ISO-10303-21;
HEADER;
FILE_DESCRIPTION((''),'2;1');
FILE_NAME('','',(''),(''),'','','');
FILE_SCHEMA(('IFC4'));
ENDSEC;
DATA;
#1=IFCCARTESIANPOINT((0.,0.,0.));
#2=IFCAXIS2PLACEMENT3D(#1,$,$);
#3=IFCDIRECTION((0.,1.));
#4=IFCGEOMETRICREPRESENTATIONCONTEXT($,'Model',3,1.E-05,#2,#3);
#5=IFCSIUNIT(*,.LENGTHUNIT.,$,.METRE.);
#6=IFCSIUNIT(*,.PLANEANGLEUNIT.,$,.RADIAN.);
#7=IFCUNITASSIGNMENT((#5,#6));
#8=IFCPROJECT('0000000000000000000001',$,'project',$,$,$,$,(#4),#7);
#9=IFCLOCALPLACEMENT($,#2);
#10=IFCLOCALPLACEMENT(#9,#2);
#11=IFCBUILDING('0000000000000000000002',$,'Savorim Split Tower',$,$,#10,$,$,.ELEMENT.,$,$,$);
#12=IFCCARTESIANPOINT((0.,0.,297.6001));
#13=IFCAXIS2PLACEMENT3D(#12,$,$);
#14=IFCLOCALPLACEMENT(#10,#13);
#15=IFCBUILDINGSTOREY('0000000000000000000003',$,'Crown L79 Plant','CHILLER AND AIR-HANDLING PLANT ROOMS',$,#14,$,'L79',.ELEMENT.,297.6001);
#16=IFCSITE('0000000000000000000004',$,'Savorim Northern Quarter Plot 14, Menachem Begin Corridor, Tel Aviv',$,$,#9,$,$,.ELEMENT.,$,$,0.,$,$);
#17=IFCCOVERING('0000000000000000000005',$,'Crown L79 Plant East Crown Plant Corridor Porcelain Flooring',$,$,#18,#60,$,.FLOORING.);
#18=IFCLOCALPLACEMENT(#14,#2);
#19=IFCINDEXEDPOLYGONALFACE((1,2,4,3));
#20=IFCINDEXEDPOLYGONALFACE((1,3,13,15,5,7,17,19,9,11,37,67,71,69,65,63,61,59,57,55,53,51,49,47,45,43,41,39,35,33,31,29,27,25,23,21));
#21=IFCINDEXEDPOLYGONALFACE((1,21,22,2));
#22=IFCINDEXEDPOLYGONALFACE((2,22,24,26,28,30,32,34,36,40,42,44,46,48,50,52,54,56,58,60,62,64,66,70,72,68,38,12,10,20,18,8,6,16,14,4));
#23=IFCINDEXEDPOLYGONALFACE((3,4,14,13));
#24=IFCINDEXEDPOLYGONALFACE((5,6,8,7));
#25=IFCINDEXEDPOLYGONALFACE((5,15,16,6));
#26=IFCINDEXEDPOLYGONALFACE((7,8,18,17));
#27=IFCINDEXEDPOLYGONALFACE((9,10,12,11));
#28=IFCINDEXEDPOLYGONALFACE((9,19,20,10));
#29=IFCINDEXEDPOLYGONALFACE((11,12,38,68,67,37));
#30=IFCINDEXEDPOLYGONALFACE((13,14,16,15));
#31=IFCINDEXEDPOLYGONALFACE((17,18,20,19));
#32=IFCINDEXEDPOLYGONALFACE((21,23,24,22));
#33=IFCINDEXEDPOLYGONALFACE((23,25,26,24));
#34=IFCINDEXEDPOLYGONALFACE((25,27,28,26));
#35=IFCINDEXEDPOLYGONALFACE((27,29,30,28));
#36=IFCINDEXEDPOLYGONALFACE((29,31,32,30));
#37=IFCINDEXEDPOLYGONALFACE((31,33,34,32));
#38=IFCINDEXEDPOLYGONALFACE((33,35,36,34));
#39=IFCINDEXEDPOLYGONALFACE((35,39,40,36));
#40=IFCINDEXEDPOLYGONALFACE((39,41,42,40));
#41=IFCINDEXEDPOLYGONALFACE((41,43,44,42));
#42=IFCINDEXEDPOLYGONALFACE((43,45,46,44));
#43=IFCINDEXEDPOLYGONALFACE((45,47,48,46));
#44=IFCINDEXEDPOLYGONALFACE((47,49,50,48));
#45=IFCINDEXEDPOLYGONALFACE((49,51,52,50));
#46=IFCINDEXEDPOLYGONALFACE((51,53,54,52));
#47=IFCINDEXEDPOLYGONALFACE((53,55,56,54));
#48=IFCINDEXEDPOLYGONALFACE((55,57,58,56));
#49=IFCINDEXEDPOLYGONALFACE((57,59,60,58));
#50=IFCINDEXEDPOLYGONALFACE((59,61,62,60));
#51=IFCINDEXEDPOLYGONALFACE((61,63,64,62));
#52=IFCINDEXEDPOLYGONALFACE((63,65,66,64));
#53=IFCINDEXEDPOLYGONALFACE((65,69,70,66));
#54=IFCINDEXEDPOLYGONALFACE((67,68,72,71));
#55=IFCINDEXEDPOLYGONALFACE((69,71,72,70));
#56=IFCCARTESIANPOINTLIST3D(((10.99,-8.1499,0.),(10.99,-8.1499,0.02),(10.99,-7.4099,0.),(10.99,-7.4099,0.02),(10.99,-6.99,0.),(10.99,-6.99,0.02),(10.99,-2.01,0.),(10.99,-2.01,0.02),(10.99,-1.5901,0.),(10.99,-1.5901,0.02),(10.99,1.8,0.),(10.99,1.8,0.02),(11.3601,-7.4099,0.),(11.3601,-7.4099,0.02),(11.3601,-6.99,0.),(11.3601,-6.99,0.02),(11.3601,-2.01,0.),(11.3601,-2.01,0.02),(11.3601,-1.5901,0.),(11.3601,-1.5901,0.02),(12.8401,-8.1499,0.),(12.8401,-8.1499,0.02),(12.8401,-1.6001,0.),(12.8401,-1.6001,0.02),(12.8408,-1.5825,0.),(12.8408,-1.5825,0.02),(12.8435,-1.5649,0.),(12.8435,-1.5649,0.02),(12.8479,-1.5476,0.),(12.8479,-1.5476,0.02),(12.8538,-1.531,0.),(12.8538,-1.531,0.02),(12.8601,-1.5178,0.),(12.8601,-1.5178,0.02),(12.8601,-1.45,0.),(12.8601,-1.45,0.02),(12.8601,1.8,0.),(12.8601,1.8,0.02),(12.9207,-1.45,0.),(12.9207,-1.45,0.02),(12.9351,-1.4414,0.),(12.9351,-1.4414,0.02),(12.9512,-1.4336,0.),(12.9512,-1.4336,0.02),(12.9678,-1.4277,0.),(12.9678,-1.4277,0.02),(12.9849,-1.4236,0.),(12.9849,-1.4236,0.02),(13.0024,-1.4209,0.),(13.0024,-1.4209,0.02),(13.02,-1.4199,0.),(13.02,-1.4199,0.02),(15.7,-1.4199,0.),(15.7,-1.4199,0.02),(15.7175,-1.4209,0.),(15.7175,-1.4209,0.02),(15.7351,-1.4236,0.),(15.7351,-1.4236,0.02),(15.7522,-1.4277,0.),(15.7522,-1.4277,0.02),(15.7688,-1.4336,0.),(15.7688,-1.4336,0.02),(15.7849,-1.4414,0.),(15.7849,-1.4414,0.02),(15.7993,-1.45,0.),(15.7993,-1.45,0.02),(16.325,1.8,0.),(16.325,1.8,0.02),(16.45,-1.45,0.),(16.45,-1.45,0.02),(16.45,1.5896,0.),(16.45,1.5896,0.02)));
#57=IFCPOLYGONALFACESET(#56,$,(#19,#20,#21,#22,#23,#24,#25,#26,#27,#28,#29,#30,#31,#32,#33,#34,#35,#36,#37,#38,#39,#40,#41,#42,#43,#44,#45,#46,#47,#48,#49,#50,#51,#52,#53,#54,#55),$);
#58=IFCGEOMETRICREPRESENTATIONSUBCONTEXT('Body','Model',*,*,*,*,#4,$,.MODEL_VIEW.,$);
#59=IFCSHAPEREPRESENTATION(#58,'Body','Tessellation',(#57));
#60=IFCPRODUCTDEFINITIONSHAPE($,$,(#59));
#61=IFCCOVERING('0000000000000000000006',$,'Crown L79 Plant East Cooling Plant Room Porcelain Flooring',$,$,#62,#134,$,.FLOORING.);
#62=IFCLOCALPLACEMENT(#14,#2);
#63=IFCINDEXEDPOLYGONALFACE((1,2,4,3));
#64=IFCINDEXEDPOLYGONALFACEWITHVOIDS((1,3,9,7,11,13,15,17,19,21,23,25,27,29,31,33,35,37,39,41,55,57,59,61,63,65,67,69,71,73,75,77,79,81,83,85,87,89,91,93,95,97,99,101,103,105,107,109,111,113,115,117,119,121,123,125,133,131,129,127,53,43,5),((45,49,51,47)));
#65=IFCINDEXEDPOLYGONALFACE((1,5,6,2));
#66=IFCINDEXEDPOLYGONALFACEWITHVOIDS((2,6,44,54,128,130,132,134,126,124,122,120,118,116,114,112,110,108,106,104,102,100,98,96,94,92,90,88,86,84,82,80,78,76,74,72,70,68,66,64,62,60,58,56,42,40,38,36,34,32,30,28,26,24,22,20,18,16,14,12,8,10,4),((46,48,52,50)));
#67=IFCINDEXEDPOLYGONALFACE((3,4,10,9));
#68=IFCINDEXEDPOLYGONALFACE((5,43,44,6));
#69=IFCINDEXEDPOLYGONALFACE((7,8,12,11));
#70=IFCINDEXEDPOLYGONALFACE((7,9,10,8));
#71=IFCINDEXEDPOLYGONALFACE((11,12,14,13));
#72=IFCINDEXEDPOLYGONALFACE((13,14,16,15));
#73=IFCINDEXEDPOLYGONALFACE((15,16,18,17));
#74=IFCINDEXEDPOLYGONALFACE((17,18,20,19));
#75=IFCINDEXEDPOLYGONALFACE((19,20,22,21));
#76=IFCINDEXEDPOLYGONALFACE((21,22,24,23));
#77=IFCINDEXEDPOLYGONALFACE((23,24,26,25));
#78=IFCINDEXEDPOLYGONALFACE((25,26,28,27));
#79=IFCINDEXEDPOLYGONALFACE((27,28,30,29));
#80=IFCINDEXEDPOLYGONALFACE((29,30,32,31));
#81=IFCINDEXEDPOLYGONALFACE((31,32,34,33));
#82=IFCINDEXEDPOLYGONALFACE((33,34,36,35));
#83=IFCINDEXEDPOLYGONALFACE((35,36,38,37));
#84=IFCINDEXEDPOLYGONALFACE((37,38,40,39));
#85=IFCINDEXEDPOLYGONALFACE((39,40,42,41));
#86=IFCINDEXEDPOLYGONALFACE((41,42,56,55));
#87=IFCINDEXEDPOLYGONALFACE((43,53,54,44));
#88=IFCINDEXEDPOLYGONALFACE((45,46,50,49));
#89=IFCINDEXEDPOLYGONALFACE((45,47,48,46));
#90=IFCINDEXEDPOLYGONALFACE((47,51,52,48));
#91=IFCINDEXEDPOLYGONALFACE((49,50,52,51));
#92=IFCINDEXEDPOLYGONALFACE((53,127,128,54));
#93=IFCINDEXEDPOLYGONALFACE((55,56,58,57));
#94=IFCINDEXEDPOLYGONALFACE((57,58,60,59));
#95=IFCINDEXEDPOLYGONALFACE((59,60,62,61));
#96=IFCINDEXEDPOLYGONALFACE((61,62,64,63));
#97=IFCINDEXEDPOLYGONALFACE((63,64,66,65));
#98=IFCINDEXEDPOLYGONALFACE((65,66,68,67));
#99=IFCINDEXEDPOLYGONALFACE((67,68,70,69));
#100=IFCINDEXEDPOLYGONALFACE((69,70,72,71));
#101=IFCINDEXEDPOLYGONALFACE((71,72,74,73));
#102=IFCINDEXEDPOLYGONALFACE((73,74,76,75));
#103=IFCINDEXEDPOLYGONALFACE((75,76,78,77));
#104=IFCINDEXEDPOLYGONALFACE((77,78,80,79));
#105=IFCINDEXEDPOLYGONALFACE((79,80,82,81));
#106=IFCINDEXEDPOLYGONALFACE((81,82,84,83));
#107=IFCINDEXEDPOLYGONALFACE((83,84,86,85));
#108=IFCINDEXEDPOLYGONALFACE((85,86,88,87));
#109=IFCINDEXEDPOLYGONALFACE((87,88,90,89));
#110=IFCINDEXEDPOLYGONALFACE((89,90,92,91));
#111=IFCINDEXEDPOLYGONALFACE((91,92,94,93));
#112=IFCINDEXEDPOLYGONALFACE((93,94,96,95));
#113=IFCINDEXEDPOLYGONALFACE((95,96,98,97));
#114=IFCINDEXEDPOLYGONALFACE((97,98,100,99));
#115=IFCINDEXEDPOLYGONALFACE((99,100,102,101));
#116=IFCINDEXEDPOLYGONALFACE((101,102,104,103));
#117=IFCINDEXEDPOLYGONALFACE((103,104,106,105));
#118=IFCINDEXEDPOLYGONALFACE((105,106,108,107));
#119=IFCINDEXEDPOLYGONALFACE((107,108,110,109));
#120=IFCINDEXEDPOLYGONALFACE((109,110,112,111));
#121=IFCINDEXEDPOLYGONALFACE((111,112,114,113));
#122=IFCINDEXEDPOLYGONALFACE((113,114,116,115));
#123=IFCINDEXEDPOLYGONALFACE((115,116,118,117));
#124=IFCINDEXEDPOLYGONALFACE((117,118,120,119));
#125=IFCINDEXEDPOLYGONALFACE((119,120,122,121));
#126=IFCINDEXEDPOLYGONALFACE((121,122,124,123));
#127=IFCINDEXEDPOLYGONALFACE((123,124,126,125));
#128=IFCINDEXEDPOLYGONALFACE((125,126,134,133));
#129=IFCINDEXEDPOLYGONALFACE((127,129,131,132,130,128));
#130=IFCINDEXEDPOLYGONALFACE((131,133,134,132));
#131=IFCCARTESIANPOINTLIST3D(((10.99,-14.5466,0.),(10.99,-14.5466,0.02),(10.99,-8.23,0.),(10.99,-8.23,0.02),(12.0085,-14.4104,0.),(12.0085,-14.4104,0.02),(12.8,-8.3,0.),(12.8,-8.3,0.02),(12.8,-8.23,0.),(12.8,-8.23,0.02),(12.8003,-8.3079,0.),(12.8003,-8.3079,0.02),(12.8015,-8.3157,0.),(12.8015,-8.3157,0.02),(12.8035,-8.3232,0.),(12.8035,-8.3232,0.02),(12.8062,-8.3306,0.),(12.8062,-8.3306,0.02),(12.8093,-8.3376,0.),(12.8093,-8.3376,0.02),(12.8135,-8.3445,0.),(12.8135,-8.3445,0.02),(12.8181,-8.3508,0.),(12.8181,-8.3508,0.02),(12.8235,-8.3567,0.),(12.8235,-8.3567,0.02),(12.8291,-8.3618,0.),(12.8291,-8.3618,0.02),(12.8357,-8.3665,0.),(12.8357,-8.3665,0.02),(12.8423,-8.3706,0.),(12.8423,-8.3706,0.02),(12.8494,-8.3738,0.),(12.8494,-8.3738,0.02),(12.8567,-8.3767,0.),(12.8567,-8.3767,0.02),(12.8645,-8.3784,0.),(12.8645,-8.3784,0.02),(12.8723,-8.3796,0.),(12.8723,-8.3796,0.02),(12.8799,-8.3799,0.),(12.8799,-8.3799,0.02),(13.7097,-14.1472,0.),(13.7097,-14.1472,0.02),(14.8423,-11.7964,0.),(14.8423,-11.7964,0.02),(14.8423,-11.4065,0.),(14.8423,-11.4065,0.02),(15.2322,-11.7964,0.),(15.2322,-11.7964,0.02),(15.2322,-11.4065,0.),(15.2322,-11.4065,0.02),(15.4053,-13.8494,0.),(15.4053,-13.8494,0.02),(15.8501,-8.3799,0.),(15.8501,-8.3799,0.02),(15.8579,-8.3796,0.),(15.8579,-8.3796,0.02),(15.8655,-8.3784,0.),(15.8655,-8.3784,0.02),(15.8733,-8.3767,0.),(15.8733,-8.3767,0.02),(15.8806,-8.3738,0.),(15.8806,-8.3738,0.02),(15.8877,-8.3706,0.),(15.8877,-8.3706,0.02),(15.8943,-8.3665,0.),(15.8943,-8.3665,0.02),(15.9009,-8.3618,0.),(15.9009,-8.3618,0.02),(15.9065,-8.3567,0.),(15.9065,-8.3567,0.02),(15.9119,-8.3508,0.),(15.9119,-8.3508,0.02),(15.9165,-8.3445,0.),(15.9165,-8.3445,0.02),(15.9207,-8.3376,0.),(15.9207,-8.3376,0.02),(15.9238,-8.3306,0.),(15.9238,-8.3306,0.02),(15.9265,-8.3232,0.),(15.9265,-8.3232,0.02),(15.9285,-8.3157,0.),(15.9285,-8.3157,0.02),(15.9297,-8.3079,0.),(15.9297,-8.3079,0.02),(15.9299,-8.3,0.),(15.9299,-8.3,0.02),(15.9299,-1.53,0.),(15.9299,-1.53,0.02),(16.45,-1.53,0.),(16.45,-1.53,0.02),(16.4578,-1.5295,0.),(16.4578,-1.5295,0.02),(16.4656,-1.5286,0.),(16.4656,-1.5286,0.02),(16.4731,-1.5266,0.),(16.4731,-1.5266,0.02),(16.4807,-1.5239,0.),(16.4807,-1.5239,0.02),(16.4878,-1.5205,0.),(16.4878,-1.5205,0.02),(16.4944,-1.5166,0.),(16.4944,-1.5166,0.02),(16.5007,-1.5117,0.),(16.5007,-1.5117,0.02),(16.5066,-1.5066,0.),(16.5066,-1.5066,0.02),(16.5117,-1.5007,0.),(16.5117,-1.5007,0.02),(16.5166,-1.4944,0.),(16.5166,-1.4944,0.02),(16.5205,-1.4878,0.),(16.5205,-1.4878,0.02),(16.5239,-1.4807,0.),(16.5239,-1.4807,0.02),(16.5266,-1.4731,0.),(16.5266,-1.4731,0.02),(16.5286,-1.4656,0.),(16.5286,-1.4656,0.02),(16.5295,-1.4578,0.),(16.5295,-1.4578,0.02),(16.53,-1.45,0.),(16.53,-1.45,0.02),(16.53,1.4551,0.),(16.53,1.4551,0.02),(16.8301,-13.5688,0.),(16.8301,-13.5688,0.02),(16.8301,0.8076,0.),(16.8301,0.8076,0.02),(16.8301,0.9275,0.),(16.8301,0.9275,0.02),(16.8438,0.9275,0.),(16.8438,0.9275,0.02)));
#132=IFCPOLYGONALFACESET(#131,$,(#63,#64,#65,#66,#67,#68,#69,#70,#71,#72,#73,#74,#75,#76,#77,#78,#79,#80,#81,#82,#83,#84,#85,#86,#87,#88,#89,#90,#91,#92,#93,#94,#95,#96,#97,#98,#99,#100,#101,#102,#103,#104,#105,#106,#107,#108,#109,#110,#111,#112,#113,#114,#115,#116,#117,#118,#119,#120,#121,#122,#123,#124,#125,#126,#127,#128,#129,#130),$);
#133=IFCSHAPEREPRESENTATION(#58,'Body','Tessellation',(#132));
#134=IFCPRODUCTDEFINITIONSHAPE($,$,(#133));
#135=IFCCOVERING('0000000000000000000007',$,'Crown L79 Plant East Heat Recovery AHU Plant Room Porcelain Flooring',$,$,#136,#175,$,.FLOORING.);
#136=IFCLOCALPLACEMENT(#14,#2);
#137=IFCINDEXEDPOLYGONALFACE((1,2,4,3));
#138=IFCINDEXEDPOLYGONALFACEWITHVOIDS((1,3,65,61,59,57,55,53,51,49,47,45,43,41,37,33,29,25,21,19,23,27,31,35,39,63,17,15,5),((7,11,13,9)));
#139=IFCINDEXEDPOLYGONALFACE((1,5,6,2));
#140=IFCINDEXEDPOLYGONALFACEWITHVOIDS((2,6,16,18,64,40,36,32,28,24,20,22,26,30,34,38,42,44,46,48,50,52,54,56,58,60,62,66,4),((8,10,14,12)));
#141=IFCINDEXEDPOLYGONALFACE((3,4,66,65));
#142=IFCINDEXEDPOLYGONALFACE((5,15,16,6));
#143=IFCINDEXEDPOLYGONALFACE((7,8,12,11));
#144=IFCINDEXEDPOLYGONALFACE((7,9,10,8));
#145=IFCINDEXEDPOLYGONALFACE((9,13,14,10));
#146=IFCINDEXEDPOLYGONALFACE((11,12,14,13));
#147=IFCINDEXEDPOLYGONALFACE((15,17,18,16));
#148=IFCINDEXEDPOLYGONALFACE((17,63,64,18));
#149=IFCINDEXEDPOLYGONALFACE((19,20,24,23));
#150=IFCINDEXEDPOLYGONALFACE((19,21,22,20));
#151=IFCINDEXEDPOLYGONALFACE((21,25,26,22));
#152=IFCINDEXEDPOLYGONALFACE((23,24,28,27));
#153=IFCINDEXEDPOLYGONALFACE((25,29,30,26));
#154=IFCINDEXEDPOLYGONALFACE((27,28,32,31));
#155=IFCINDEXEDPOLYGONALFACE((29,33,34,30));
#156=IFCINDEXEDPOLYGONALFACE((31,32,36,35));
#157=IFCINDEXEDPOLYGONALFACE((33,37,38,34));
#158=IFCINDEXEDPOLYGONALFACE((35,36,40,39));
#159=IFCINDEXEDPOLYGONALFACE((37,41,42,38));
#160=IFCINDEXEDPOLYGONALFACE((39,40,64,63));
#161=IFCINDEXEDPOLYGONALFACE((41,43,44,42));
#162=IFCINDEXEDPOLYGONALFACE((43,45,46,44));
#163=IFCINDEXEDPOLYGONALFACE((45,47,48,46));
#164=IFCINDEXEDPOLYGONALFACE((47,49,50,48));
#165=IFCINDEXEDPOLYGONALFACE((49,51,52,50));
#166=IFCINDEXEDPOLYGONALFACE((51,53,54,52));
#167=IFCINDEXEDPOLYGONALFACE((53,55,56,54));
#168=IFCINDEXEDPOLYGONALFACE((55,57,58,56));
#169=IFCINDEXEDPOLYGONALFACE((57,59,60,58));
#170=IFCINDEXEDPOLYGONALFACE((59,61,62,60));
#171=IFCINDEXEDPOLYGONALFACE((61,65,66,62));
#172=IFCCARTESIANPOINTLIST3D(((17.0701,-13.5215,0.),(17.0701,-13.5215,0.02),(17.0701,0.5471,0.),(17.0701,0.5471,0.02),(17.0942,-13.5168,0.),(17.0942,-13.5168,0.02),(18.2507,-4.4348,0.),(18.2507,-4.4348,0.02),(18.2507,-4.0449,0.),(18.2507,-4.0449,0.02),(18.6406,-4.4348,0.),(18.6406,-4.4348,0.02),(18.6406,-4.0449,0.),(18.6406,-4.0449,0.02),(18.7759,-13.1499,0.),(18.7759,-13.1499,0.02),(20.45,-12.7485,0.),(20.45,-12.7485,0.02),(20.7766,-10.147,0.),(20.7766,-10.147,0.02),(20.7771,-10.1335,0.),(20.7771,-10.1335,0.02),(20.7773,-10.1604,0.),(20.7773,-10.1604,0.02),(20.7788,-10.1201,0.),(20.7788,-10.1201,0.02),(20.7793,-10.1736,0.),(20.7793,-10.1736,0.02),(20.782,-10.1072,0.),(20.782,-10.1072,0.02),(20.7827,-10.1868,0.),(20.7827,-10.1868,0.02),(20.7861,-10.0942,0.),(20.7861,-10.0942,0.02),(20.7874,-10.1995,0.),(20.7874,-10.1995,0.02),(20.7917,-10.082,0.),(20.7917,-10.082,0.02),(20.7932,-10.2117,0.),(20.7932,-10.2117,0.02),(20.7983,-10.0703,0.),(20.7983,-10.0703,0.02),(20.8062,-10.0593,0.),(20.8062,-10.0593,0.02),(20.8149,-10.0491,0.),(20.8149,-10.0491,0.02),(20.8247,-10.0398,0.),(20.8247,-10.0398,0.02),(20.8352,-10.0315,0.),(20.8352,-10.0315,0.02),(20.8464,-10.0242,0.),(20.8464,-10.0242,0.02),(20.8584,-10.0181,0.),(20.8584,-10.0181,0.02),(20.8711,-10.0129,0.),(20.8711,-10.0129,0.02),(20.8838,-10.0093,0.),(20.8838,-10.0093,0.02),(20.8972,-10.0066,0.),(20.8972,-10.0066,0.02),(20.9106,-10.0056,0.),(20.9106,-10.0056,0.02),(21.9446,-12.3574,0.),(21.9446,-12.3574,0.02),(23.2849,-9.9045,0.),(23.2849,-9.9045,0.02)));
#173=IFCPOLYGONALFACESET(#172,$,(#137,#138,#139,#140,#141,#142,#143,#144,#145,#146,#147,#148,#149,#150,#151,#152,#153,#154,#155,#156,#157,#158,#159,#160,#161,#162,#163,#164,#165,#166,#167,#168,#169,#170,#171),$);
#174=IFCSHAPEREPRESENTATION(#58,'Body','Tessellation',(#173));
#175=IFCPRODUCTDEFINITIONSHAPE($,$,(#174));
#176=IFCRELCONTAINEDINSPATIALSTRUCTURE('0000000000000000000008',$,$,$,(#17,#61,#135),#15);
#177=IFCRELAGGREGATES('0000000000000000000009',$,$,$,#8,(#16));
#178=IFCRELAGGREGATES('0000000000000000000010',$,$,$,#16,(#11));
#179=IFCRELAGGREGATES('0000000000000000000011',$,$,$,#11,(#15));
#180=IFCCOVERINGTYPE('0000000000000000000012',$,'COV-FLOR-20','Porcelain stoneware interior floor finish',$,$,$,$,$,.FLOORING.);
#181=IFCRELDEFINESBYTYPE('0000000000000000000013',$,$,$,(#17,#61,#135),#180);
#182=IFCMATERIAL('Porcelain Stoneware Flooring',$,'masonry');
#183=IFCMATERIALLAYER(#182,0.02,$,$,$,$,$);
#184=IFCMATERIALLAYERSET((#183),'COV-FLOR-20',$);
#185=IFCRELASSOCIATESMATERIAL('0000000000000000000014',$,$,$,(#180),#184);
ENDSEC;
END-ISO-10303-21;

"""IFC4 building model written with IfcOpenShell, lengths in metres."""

from ifc_helpers import new_model, si_unit, direction, frame, origin, place, context, subcontext, project, spatial, polyline, outline, extrude, material, layer, layer_set, type_object, element, save


model = new_model("IFC4")

# Units and contexts
model_context = context("Model", 3, precision=1e-05, world=origin(), true_north=direction((0.0, 1.0)))
body_context = subcontext(model_context, "Body", "Model", "MODEL_VIEW")
ifc_project = project(units=[si_unit("LENGTHUNIT", "METRE"), si_unit("PLANEANGLEUNIT", "RADIAN")], contexts=[model_context])

# Site, building, storey
site_placement = place(None, origin())
site = spatial("IfcSite", under=ifc_project, at=site_placement, Name="Savorim Northern Quarter Plot 14, Menachem Begin Corridor, Tel Aviv", CompositionType="ELEMENT", RefElevation=0.0)
building_placement = place(site_placement, origin())
building = spatial("IfcBuilding", under=site, at=building_placement, Name="Savorim Split Tower", CompositionType="ELEMENT")
storey_placement = place(building_placement, frame((0.0, 0.0, 297.6001)))
storey = spatial("IfcBuildingStorey", under=building, at=storey_placement, Name="Crown L79 Plant", Description="CHILLER AND AIR-HANDLING PLANT ROOMS", LongName="L79", CompositionType="ELEMENT", Elevation=297.6001)

# Coverings
ifc_material_1 = material(Name="Porcelain Stoneware Flooring", Category="masonry")
ifc_layer_1 = layer(ifc_material_1, 0.02)
ifc_layer_set_1 = layer_set([ifc_layer_1], Name="COV-FLOR-20")
covering_type_1 = type_object("IfcCoveringType", Name="COV-FLOR-20", Description="Porcelain stoneware interior floor finish", PredefinedType="FLOORING", material=ifc_layer_set_1)
covering_1_placement = place(storey_placement, origin())
element("IfcCovering", 1, at=covering_1_placement, inside=storey, type_object=covering_type_1, Name="Crown L79 Plant East Crown Plant Corridor Porcelain Flooring", PredefinedType="FLOORING", context=body_context, shape_type="SweptSolid", body=[
    extrude(outline(polyline([(11.3601, -7.4099), (10.99, -7.4099), (10.99, -8.1499), (12.8401, -8.1499), (12.8401, -1.6001), (12.8408, -1.5825), (12.8435, -1.5649), (12.8479, -1.5476), (12.8538, -1.531), (12.8601, -1.5178), (12.8601, -1.45), (12.9207, -1.45), (12.9351, -1.4414), (12.9512, -1.4336), (12.9678, -1.4277), (12.9849, -1.4236), (13.0024, -1.4209), (13.02, -1.4199), (15.7, -1.4199), (15.7175, -1.4209), (15.7351, -1.4236), (15.7522, -1.4277), (15.7688, -1.4336), (15.7849, -1.4414), (15.7993, -1.45), (16.45, -1.45), (16.45, 1.5896), (16.325, 1.8), (12.8601, 1.8), (10.99, 1.8), (10.99, -1.5901), (11.3601, -1.5901), (11.3601, -2.01), (10.99, -2.01), (10.99, -6.99), (11.3601, -6.99), (11.3601, -7.4099)])), origin(), (0.0, 0.0, 1.0), 0.02),
])
covering_2_placement = place(storey_placement, origin())
element("IfcCovering", 2, at=covering_2_placement, inside=storey, type_object=covering_type_1, Name="Crown L79 Plant East Cooling Plant Room Porcelain Flooring", PredefinedType="FLOORING", context=body_context, shape_type="SweptSolid", body=[
    extrude(outline(polyline([(12.0085, -14.4104), (13.7097, -14.1472), (15.4053, -13.8494), (16.8301, -13.5688), (16.8301, 0.8076), (16.8301, 0.9275), (16.8438, 0.9275), (16.53, 1.4551), (16.53, -1.45), (16.5295, -1.4578), (16.5286, -1.4656), (16.5266, -1.4731), (16.5239, -1.4807), (16.5205, -1.4878), (16.5166, -1.4944), (16.5117, -1.5007), (16.5066, -1.5066), (16.5007, -1.5117), (16.4944, -1.5166), (16.4878, -1.5205), (16.4807, -1.5239), (16.4731, -1.5266), (16.4656, -1.5286), (16.4578, -1.5295), (16.45, -1.53), (15.9299, -1.53), (15.9299, -8.3), (15.9297, -8.3079), (15.9285, -8.3157), (15.9265, -8.3232), (15.9238, -8.3306), (15.9207, -8.3376), (15.9165, -8.3445), (15.9119, -8.3508), (15.9065, -8.3567), (15.9009, -8.3618), (15.8943, -8.3665), (15.8877, -8.3706), (15.8806, -8.3738), (15.8733, -8.3767), (15.8655, -8.3784), (15.8579, -8.3796), (15.8501, -8.3799), (12.8799, -8.3799), (12.8723, -8.3796), (12.8645, -8.3784), (12.8567, -8.3767), (12.8494, -8.3738), (12.8423, -8.3706), (12.8357, -8.3665), (12.8291, -8.3618), (12.8235, -8.3567), (12.8181, -8.3508), (12.8135, -8.3445), (12.8093, -8.3376), (12.8062, -8.3306), (12.8035, -8.3232), (12.8015, -8.3157), (12.8003, -8.3079), (12.8, -8.3), (12.8, -8.23), (10.99, -8.23), (10.99, -14.5466), (12.0085, -14.4104)]), holes=[polyline([(14.8423, -11.4065), (14.8423, -11.7964), (15.2322, -11.7964), (15.2322, -11.4065), (14.8423, -11.4065)])]), origin(), (0.0, 0.0, 1.0), 0.02),
])
covering_3_placement = place(storey_placement, origin())
element("IfcCovering", 3, at=covering_3_placement, inside=storey, type_object=covering_type_1, Name="Crown L79 Plant East Heat Recovery AHU Plant Room Porcelain Flooring", PredefinedType="FLOORING", context=body_context, shape_type="SweptSolid", body=[
    extrude(outline(polyline([(20.8711, -10.0129), (20.8838, -10.0093), (20.8972, -10.0066), (20.9106, -10.0056), (23.2849, -9.9045), (17.0701, 0.5471), (17.0701, -13.5215), (17.0942, -13.5168), (18.7759, -13.1499), (20.45, -12.7485), (21.9446, -12.3574), (20.7932, -10.2117), (20.7874, -10.1995), (20.7827, -10.1868), (20.7793, -10.1736), (20.7773, -10.1604), (20.7766, -10.147), (20.7771, -10.1335), (20.7788, -10.1201), (20.782, -10.1072), (20.7861, -10.0942), (20.7917, -10.082), (20.7983, -10.0703), (20.8062, -10.0593), (20.8149, -10.0491), (20.8247, -10.0398), (20.8352, -10.0315), (20.8464, -10.0242), (20.8584, -10.0181), (20.8711, -10.0129)]), holes=[polyline([(18.2507, -4.0449), (18.2507, -4.4348), (18.6406, -4.4348), (18.6406, -4.0449), (18.2507, -4.0449)])]), origin(), (0.0, 0.0, 1.0), 0.02),
])

save(model, "model.ifc")
